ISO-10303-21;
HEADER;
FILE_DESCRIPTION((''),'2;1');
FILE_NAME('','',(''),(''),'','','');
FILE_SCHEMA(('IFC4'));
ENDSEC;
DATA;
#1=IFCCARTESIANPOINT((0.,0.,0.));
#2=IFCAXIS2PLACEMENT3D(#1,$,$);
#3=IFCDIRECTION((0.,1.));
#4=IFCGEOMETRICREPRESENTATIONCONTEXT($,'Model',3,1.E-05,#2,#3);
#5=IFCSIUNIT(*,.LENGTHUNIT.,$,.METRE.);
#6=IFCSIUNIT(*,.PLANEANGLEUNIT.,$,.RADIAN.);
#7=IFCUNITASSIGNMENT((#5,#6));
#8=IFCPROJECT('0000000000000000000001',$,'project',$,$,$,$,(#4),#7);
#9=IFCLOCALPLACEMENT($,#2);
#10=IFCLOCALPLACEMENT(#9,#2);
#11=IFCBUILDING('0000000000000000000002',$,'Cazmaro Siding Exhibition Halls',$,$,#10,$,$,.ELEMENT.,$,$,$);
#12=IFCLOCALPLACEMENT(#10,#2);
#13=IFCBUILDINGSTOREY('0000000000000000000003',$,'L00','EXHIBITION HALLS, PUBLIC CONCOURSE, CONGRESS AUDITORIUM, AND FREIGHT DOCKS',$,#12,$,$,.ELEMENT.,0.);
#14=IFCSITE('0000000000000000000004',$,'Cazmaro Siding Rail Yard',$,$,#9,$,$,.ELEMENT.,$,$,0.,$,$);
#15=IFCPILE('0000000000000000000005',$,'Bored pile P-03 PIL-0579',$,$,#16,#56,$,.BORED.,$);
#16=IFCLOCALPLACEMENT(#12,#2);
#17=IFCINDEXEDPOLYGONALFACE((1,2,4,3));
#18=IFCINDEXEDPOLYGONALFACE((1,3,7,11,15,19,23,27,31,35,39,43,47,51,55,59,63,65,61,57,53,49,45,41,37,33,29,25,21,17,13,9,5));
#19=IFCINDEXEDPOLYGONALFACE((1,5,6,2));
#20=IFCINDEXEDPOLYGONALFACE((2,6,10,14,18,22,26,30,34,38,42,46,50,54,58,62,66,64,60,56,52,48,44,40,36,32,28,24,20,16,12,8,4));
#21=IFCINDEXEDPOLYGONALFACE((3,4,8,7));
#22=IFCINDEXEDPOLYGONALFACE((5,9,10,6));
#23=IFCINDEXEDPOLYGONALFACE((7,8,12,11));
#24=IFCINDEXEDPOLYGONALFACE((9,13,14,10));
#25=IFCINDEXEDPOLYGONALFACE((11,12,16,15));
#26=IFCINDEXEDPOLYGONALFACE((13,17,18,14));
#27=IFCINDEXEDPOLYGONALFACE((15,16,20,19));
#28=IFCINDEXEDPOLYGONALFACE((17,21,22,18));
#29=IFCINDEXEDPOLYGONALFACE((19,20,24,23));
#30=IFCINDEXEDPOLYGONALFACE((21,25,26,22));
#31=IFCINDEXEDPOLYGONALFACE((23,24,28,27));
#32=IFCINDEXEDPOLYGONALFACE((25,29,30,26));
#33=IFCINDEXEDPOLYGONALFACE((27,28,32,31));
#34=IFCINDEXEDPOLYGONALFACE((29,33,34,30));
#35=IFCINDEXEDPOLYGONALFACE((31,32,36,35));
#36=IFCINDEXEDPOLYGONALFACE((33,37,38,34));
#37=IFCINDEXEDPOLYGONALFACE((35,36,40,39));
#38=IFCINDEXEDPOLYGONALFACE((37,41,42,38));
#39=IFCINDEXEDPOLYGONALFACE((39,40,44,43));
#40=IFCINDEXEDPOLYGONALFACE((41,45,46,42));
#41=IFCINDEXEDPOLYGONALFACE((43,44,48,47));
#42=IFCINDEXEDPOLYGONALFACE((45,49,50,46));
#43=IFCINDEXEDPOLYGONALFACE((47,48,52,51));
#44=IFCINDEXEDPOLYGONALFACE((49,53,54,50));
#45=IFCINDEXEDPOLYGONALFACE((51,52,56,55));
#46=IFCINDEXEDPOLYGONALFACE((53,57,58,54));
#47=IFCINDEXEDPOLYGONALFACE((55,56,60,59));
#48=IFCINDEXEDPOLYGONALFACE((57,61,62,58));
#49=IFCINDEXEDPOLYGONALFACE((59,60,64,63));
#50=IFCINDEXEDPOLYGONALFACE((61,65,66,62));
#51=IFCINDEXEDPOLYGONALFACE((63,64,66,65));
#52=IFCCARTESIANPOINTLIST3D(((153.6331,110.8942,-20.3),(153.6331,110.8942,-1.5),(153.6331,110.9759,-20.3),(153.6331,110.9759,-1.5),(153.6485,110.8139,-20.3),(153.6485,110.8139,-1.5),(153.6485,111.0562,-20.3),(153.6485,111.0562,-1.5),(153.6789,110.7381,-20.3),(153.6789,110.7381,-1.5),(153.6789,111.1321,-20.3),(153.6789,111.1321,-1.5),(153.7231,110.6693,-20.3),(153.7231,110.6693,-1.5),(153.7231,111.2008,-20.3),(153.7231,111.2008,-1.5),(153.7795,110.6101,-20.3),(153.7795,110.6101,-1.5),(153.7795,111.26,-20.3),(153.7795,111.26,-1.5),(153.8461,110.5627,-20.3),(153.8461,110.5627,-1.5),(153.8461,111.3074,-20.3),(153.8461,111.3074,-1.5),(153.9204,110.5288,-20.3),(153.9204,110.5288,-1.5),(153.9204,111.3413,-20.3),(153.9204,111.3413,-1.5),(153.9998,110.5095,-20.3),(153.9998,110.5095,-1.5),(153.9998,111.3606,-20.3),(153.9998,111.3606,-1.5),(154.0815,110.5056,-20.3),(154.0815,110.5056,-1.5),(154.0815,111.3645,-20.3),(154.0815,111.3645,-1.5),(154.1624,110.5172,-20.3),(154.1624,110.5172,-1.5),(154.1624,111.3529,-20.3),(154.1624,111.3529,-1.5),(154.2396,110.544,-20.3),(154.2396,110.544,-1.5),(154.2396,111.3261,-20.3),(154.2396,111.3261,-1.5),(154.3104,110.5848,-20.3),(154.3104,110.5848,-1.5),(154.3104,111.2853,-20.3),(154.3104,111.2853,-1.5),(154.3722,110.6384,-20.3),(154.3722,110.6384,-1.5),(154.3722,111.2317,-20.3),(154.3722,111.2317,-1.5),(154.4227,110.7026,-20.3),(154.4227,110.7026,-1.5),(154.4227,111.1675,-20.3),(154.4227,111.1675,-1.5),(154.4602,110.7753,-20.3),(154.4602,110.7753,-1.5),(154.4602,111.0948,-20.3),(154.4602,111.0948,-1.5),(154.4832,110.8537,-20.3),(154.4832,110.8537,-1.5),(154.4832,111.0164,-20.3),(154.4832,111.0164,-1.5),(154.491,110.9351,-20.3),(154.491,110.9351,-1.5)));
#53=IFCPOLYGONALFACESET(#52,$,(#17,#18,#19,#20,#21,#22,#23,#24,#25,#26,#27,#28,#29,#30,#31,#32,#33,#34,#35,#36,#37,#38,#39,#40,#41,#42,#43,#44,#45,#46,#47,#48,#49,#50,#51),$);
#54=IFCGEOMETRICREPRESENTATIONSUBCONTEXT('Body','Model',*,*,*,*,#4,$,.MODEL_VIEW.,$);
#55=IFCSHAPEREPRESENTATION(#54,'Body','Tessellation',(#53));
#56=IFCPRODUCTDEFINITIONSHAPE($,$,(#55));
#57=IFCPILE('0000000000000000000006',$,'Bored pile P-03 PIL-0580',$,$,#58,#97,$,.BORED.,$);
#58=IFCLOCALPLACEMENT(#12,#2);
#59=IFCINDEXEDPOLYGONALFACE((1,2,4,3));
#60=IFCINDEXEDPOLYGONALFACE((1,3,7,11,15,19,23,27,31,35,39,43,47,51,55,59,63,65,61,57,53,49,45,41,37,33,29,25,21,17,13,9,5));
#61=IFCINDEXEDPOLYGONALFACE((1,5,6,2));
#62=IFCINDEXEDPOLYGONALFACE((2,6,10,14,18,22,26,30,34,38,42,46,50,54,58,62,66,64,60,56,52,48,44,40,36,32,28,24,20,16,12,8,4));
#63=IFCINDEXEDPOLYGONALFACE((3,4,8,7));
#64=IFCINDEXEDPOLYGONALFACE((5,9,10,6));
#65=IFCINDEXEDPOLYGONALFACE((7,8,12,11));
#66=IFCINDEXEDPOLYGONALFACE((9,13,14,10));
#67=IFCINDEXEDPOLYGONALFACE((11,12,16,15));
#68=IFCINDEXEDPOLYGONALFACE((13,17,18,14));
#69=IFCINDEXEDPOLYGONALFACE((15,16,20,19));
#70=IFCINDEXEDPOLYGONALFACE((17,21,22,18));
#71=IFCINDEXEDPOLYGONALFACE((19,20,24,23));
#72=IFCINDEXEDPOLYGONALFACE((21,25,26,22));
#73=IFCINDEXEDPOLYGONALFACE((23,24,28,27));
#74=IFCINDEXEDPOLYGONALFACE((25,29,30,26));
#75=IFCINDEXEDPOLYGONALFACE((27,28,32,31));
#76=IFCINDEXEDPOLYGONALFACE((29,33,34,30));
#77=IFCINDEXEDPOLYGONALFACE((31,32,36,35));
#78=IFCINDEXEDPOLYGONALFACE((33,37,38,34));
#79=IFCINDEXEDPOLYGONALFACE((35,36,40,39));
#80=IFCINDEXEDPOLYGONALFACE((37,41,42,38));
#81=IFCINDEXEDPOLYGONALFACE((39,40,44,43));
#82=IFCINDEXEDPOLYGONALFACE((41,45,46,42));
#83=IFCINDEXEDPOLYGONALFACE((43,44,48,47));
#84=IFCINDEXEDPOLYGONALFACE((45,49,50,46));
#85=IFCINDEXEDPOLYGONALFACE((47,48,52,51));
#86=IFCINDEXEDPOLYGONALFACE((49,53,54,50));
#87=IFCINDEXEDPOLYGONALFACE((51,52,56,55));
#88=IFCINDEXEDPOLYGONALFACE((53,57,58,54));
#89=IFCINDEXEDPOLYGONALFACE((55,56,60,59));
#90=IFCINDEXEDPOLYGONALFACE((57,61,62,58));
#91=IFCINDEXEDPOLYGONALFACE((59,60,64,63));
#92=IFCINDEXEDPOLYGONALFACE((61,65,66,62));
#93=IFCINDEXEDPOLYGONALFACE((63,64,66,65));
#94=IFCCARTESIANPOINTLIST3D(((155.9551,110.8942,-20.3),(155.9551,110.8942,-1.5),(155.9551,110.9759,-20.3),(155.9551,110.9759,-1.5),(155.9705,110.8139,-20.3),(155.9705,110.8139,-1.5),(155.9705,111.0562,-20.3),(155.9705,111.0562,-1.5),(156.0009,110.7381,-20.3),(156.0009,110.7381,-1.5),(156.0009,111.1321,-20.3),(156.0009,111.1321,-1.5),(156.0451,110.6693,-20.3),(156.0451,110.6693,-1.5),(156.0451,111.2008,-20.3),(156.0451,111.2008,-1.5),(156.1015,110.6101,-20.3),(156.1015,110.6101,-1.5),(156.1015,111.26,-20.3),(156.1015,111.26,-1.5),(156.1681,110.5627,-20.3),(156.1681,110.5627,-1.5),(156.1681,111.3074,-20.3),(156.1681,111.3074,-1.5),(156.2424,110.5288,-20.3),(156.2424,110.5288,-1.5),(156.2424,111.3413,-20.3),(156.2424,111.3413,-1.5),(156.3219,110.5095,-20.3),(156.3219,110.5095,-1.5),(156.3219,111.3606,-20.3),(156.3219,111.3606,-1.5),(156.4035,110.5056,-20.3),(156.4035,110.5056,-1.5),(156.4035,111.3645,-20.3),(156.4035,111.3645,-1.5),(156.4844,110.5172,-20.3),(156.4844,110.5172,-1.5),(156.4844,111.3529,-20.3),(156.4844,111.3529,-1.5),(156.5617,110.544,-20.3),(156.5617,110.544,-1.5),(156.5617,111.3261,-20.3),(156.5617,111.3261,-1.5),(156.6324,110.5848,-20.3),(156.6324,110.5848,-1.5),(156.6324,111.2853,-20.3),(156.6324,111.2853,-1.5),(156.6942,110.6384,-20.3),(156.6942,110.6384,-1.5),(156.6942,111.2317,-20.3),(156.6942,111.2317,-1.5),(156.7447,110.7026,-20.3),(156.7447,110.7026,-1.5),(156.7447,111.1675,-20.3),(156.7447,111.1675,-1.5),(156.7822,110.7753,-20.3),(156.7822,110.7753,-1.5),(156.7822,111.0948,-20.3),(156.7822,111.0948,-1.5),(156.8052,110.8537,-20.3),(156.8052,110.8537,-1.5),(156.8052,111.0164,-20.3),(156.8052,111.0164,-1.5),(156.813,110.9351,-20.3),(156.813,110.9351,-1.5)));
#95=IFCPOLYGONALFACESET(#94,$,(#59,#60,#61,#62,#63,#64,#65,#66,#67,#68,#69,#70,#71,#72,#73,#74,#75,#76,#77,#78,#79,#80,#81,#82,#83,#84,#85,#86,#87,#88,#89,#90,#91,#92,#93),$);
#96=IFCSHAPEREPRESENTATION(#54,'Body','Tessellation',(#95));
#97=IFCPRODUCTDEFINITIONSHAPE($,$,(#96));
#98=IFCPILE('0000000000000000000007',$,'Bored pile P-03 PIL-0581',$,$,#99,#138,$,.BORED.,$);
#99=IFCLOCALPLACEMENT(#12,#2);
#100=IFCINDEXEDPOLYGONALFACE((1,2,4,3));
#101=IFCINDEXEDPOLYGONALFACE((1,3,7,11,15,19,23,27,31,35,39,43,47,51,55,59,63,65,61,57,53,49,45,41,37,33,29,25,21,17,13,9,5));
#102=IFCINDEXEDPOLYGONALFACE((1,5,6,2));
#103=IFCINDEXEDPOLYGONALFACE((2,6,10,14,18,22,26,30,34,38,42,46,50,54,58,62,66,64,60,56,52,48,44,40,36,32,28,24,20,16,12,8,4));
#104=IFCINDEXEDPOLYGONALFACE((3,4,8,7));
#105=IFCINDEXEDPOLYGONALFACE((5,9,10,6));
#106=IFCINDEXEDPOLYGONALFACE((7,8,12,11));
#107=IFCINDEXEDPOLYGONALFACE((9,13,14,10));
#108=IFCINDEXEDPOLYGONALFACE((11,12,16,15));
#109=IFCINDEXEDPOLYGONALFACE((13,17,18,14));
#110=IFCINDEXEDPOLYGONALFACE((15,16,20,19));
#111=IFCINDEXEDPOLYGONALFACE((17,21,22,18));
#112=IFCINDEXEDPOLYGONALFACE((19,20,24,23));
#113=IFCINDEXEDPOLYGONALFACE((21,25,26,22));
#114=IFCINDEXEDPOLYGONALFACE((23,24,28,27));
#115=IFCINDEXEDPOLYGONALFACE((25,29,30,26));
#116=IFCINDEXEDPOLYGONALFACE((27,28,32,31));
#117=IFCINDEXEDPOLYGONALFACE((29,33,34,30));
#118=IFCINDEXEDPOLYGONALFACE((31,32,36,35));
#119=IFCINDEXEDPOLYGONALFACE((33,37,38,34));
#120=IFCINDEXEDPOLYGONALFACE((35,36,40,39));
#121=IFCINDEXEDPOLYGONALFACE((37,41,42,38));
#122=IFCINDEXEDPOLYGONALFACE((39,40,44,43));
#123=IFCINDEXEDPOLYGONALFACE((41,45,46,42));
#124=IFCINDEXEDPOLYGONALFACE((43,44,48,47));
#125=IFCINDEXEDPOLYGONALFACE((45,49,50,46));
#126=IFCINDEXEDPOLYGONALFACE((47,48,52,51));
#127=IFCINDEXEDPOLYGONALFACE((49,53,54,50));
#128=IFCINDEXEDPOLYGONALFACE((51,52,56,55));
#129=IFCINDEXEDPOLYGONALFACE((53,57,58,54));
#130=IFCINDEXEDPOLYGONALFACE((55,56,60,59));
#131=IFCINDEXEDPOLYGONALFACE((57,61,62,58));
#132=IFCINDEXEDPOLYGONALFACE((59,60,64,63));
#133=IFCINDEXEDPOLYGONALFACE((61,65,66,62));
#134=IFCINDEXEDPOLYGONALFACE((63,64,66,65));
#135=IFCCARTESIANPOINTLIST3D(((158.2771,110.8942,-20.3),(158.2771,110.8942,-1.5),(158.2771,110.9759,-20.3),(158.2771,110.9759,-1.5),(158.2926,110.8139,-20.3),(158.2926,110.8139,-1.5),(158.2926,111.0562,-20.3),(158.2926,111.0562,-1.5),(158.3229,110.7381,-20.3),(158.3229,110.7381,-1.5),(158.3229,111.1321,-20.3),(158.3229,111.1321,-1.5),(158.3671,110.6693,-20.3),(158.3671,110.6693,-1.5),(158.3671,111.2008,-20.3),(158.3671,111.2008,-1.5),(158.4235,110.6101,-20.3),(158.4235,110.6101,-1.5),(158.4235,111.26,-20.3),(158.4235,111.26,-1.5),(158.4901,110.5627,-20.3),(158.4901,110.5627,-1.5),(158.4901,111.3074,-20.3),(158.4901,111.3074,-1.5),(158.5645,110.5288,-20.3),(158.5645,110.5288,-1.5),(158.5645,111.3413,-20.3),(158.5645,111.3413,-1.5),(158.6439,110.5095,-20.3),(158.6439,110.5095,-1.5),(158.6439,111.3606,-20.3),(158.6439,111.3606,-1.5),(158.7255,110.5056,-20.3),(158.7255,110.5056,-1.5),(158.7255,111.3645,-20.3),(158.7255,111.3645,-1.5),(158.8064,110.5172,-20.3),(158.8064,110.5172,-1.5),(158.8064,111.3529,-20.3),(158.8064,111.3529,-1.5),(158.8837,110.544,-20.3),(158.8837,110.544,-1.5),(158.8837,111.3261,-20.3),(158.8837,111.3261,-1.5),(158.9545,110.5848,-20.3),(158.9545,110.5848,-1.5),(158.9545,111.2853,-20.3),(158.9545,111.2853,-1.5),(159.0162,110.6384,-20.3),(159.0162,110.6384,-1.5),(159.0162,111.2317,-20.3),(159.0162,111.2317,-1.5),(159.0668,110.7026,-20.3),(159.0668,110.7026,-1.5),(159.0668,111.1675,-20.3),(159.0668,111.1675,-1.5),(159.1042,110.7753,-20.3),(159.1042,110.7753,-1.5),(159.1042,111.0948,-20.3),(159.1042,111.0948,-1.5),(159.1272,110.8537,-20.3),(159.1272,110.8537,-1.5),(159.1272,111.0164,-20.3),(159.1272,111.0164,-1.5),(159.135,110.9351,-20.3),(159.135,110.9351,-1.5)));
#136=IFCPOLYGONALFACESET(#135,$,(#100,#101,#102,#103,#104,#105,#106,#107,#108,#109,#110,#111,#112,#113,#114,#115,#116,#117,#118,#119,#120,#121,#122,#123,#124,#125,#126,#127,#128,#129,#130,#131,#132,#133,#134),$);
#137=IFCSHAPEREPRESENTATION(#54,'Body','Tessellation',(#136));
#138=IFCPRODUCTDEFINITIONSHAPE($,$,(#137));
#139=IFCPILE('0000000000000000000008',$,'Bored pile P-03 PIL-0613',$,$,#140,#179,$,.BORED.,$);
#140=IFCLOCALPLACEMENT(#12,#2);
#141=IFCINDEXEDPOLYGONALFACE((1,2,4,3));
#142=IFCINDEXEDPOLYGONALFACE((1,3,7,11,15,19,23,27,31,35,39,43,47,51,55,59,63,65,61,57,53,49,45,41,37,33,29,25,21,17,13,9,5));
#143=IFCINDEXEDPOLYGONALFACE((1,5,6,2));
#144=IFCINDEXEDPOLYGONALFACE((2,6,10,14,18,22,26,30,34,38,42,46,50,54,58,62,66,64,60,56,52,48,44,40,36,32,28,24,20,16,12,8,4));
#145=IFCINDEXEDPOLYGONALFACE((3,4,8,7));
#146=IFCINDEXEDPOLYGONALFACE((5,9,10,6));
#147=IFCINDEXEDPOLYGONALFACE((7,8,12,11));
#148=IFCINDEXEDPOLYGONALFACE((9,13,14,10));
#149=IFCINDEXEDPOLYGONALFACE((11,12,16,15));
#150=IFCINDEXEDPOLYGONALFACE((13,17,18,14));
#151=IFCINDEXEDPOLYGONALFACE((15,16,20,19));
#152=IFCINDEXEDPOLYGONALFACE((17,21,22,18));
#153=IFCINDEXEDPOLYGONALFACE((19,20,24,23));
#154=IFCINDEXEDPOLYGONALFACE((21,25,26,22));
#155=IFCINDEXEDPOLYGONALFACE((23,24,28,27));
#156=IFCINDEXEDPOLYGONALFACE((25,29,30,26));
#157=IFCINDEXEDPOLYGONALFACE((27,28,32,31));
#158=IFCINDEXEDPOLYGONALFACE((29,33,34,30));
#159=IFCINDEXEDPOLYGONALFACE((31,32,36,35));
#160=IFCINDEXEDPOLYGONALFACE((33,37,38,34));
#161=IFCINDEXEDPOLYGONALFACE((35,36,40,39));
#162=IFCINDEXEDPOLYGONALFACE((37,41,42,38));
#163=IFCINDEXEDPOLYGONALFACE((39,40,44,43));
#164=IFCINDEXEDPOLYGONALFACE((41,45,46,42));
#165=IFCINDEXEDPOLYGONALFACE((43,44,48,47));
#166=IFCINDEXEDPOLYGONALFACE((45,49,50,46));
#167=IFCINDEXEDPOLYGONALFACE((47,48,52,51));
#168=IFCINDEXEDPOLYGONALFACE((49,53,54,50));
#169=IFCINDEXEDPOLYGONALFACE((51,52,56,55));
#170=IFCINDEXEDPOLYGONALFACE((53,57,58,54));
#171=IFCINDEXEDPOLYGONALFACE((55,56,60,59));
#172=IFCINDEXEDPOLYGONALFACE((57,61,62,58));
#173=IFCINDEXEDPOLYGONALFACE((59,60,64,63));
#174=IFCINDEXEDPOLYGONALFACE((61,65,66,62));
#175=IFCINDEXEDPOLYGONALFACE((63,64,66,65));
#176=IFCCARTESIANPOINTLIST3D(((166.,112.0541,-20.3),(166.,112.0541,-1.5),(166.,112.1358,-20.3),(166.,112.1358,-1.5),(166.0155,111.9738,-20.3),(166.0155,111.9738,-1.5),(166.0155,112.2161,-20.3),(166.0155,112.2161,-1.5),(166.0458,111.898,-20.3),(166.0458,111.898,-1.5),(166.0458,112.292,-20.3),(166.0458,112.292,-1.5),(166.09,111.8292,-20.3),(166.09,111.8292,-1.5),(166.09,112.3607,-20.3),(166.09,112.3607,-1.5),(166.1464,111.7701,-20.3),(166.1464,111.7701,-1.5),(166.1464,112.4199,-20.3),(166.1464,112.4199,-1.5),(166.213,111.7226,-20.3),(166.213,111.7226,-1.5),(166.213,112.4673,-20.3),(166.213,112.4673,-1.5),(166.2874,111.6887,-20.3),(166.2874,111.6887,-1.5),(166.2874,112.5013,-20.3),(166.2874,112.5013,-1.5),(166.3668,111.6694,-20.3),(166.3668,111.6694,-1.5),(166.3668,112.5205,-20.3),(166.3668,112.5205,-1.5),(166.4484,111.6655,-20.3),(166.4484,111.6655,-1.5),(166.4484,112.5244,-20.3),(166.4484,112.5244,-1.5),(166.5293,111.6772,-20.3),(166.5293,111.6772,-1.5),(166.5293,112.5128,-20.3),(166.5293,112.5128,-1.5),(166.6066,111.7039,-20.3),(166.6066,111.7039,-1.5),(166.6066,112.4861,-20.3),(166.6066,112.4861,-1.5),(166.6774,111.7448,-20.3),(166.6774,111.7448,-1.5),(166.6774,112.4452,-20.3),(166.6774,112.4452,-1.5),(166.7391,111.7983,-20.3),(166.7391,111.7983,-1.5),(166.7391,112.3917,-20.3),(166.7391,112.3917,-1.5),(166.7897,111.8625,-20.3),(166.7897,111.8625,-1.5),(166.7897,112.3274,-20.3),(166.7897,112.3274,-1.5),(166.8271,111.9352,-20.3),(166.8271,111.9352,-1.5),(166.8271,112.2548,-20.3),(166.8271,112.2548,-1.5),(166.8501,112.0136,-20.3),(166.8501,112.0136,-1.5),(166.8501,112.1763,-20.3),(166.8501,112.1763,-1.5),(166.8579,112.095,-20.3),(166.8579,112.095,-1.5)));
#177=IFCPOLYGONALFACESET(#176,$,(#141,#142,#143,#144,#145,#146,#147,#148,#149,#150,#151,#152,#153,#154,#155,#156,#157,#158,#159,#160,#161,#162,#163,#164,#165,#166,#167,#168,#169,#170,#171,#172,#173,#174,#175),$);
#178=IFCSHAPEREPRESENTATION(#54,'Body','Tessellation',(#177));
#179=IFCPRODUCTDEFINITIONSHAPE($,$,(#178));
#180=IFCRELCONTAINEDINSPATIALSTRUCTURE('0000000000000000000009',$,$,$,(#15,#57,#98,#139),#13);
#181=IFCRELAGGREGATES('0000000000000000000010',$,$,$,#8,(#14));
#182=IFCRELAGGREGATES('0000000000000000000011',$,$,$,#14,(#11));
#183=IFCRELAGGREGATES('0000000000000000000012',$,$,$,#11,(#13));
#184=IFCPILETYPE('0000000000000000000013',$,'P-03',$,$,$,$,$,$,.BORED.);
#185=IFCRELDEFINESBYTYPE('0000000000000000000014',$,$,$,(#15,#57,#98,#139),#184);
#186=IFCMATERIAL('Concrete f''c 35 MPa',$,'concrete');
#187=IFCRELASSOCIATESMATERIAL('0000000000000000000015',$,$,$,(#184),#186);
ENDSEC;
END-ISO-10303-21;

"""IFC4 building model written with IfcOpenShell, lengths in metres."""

from ifc_helpers import new_model, si_unit, direction, frame, origin, origin_2d, place, context, subcontext, project, spatial, circle, extrude, material, material_profile, profile_set, type_object, element, save


model = new_model("IFC4")

# Units and contexts
model_context = context("Model", 3, precision=1e-05, world=origin(), true_north=direction((0.0, 1.0)))
body_context = subcontext(model_context, "Body", "Model", "MODEL_VIEW")
ifc_project = project(units=[si_unit("LENGTHUNIT", "METRE"), si_unit("PLANEANGLEUNIT", "RADIAN")], contexts=[model_context])

# Site, building, storey
site_placement = place(None, origin())
site = spatial("IfcSite", under=ifc_project, at=site_placement, Name="Cazmaro Siding Rail Yard", CompositionType="ELEMENT", RefElevation=0.0)
building_placement = place(site_placement, origin())
building = spatial("IfcBuilding", under=site, at=building_placement, Name="Cazmaro Siding Exhibition Halls", CompositionType="ELEMENT")
storey_placement = place(building_placement, origin())
storey = spatial("IfcBuildingStorey", under=building, at=storey_placement, Name="L00", Description="EXHIBITION HALLS, PUBLIC CONCOURSE, CONGRESS AUDITORIUM, AND FREIGHT DOCKS", CompositionType="ELEMENT", Elevation=0.0)

# Piles
ifc_material_1 = material(Name="Concrete f'c 35 MPa", Category="concrete")
ifc_material_profile_1 = material_profile(ifc_material_1, circle(Radius=0.4299, at=origin_2d()), Name="CIDH-860")
ifc_profile_set_1 = profile_set([ifc_material_profile_1], Name="Concrete f'c 35 MPa")
pile_type = type_object("IfcPileType", Name="P-03", PredefinedType="BORED", material=ifc_profile_set_1)
for number, where, z_axis, x_axis, name in (
    (1, (154.061, 110.9351, -1.5), (0.0, 0.0, -1.0), (1.0, 0.0, 0.0), "Bored pile P-03 PIL-0579"),
    (2, (156.3831, 110.9351, -1.5), (0.0, 0.0, -1.0), (1.0, 0.0, 0.0), "Bored pile P-03 PIL-0580"),
    (3, (158.7051, 110.9351, -1.5), (0.0, 0.0, -1.0), (1.0, 0.0, 0.0), "Bored pile P-03 PIL-0581"),
    (4, (166.428, 112.095, -1.5), (0.0, 0.0, -1.0), (1.0, 0.0, 0.0), "Bored pile P-03 PIL-0613"),
):
    element("IfcPile", number, at=place(storey_placement, frame(where, z_axis=z_axis, x_axis=x_axis)), inside=storey, type_object=pile_type, Name=name, PredefinedType="BORED", context=body_context, shape_type="SweptSolid", body=[
        extrude(circle(Radius=0.4299, at=origin_2d()), origin(), (0.0, 0.0, 1.0), 18.8),
    ])

save(model, "model.ifc")
